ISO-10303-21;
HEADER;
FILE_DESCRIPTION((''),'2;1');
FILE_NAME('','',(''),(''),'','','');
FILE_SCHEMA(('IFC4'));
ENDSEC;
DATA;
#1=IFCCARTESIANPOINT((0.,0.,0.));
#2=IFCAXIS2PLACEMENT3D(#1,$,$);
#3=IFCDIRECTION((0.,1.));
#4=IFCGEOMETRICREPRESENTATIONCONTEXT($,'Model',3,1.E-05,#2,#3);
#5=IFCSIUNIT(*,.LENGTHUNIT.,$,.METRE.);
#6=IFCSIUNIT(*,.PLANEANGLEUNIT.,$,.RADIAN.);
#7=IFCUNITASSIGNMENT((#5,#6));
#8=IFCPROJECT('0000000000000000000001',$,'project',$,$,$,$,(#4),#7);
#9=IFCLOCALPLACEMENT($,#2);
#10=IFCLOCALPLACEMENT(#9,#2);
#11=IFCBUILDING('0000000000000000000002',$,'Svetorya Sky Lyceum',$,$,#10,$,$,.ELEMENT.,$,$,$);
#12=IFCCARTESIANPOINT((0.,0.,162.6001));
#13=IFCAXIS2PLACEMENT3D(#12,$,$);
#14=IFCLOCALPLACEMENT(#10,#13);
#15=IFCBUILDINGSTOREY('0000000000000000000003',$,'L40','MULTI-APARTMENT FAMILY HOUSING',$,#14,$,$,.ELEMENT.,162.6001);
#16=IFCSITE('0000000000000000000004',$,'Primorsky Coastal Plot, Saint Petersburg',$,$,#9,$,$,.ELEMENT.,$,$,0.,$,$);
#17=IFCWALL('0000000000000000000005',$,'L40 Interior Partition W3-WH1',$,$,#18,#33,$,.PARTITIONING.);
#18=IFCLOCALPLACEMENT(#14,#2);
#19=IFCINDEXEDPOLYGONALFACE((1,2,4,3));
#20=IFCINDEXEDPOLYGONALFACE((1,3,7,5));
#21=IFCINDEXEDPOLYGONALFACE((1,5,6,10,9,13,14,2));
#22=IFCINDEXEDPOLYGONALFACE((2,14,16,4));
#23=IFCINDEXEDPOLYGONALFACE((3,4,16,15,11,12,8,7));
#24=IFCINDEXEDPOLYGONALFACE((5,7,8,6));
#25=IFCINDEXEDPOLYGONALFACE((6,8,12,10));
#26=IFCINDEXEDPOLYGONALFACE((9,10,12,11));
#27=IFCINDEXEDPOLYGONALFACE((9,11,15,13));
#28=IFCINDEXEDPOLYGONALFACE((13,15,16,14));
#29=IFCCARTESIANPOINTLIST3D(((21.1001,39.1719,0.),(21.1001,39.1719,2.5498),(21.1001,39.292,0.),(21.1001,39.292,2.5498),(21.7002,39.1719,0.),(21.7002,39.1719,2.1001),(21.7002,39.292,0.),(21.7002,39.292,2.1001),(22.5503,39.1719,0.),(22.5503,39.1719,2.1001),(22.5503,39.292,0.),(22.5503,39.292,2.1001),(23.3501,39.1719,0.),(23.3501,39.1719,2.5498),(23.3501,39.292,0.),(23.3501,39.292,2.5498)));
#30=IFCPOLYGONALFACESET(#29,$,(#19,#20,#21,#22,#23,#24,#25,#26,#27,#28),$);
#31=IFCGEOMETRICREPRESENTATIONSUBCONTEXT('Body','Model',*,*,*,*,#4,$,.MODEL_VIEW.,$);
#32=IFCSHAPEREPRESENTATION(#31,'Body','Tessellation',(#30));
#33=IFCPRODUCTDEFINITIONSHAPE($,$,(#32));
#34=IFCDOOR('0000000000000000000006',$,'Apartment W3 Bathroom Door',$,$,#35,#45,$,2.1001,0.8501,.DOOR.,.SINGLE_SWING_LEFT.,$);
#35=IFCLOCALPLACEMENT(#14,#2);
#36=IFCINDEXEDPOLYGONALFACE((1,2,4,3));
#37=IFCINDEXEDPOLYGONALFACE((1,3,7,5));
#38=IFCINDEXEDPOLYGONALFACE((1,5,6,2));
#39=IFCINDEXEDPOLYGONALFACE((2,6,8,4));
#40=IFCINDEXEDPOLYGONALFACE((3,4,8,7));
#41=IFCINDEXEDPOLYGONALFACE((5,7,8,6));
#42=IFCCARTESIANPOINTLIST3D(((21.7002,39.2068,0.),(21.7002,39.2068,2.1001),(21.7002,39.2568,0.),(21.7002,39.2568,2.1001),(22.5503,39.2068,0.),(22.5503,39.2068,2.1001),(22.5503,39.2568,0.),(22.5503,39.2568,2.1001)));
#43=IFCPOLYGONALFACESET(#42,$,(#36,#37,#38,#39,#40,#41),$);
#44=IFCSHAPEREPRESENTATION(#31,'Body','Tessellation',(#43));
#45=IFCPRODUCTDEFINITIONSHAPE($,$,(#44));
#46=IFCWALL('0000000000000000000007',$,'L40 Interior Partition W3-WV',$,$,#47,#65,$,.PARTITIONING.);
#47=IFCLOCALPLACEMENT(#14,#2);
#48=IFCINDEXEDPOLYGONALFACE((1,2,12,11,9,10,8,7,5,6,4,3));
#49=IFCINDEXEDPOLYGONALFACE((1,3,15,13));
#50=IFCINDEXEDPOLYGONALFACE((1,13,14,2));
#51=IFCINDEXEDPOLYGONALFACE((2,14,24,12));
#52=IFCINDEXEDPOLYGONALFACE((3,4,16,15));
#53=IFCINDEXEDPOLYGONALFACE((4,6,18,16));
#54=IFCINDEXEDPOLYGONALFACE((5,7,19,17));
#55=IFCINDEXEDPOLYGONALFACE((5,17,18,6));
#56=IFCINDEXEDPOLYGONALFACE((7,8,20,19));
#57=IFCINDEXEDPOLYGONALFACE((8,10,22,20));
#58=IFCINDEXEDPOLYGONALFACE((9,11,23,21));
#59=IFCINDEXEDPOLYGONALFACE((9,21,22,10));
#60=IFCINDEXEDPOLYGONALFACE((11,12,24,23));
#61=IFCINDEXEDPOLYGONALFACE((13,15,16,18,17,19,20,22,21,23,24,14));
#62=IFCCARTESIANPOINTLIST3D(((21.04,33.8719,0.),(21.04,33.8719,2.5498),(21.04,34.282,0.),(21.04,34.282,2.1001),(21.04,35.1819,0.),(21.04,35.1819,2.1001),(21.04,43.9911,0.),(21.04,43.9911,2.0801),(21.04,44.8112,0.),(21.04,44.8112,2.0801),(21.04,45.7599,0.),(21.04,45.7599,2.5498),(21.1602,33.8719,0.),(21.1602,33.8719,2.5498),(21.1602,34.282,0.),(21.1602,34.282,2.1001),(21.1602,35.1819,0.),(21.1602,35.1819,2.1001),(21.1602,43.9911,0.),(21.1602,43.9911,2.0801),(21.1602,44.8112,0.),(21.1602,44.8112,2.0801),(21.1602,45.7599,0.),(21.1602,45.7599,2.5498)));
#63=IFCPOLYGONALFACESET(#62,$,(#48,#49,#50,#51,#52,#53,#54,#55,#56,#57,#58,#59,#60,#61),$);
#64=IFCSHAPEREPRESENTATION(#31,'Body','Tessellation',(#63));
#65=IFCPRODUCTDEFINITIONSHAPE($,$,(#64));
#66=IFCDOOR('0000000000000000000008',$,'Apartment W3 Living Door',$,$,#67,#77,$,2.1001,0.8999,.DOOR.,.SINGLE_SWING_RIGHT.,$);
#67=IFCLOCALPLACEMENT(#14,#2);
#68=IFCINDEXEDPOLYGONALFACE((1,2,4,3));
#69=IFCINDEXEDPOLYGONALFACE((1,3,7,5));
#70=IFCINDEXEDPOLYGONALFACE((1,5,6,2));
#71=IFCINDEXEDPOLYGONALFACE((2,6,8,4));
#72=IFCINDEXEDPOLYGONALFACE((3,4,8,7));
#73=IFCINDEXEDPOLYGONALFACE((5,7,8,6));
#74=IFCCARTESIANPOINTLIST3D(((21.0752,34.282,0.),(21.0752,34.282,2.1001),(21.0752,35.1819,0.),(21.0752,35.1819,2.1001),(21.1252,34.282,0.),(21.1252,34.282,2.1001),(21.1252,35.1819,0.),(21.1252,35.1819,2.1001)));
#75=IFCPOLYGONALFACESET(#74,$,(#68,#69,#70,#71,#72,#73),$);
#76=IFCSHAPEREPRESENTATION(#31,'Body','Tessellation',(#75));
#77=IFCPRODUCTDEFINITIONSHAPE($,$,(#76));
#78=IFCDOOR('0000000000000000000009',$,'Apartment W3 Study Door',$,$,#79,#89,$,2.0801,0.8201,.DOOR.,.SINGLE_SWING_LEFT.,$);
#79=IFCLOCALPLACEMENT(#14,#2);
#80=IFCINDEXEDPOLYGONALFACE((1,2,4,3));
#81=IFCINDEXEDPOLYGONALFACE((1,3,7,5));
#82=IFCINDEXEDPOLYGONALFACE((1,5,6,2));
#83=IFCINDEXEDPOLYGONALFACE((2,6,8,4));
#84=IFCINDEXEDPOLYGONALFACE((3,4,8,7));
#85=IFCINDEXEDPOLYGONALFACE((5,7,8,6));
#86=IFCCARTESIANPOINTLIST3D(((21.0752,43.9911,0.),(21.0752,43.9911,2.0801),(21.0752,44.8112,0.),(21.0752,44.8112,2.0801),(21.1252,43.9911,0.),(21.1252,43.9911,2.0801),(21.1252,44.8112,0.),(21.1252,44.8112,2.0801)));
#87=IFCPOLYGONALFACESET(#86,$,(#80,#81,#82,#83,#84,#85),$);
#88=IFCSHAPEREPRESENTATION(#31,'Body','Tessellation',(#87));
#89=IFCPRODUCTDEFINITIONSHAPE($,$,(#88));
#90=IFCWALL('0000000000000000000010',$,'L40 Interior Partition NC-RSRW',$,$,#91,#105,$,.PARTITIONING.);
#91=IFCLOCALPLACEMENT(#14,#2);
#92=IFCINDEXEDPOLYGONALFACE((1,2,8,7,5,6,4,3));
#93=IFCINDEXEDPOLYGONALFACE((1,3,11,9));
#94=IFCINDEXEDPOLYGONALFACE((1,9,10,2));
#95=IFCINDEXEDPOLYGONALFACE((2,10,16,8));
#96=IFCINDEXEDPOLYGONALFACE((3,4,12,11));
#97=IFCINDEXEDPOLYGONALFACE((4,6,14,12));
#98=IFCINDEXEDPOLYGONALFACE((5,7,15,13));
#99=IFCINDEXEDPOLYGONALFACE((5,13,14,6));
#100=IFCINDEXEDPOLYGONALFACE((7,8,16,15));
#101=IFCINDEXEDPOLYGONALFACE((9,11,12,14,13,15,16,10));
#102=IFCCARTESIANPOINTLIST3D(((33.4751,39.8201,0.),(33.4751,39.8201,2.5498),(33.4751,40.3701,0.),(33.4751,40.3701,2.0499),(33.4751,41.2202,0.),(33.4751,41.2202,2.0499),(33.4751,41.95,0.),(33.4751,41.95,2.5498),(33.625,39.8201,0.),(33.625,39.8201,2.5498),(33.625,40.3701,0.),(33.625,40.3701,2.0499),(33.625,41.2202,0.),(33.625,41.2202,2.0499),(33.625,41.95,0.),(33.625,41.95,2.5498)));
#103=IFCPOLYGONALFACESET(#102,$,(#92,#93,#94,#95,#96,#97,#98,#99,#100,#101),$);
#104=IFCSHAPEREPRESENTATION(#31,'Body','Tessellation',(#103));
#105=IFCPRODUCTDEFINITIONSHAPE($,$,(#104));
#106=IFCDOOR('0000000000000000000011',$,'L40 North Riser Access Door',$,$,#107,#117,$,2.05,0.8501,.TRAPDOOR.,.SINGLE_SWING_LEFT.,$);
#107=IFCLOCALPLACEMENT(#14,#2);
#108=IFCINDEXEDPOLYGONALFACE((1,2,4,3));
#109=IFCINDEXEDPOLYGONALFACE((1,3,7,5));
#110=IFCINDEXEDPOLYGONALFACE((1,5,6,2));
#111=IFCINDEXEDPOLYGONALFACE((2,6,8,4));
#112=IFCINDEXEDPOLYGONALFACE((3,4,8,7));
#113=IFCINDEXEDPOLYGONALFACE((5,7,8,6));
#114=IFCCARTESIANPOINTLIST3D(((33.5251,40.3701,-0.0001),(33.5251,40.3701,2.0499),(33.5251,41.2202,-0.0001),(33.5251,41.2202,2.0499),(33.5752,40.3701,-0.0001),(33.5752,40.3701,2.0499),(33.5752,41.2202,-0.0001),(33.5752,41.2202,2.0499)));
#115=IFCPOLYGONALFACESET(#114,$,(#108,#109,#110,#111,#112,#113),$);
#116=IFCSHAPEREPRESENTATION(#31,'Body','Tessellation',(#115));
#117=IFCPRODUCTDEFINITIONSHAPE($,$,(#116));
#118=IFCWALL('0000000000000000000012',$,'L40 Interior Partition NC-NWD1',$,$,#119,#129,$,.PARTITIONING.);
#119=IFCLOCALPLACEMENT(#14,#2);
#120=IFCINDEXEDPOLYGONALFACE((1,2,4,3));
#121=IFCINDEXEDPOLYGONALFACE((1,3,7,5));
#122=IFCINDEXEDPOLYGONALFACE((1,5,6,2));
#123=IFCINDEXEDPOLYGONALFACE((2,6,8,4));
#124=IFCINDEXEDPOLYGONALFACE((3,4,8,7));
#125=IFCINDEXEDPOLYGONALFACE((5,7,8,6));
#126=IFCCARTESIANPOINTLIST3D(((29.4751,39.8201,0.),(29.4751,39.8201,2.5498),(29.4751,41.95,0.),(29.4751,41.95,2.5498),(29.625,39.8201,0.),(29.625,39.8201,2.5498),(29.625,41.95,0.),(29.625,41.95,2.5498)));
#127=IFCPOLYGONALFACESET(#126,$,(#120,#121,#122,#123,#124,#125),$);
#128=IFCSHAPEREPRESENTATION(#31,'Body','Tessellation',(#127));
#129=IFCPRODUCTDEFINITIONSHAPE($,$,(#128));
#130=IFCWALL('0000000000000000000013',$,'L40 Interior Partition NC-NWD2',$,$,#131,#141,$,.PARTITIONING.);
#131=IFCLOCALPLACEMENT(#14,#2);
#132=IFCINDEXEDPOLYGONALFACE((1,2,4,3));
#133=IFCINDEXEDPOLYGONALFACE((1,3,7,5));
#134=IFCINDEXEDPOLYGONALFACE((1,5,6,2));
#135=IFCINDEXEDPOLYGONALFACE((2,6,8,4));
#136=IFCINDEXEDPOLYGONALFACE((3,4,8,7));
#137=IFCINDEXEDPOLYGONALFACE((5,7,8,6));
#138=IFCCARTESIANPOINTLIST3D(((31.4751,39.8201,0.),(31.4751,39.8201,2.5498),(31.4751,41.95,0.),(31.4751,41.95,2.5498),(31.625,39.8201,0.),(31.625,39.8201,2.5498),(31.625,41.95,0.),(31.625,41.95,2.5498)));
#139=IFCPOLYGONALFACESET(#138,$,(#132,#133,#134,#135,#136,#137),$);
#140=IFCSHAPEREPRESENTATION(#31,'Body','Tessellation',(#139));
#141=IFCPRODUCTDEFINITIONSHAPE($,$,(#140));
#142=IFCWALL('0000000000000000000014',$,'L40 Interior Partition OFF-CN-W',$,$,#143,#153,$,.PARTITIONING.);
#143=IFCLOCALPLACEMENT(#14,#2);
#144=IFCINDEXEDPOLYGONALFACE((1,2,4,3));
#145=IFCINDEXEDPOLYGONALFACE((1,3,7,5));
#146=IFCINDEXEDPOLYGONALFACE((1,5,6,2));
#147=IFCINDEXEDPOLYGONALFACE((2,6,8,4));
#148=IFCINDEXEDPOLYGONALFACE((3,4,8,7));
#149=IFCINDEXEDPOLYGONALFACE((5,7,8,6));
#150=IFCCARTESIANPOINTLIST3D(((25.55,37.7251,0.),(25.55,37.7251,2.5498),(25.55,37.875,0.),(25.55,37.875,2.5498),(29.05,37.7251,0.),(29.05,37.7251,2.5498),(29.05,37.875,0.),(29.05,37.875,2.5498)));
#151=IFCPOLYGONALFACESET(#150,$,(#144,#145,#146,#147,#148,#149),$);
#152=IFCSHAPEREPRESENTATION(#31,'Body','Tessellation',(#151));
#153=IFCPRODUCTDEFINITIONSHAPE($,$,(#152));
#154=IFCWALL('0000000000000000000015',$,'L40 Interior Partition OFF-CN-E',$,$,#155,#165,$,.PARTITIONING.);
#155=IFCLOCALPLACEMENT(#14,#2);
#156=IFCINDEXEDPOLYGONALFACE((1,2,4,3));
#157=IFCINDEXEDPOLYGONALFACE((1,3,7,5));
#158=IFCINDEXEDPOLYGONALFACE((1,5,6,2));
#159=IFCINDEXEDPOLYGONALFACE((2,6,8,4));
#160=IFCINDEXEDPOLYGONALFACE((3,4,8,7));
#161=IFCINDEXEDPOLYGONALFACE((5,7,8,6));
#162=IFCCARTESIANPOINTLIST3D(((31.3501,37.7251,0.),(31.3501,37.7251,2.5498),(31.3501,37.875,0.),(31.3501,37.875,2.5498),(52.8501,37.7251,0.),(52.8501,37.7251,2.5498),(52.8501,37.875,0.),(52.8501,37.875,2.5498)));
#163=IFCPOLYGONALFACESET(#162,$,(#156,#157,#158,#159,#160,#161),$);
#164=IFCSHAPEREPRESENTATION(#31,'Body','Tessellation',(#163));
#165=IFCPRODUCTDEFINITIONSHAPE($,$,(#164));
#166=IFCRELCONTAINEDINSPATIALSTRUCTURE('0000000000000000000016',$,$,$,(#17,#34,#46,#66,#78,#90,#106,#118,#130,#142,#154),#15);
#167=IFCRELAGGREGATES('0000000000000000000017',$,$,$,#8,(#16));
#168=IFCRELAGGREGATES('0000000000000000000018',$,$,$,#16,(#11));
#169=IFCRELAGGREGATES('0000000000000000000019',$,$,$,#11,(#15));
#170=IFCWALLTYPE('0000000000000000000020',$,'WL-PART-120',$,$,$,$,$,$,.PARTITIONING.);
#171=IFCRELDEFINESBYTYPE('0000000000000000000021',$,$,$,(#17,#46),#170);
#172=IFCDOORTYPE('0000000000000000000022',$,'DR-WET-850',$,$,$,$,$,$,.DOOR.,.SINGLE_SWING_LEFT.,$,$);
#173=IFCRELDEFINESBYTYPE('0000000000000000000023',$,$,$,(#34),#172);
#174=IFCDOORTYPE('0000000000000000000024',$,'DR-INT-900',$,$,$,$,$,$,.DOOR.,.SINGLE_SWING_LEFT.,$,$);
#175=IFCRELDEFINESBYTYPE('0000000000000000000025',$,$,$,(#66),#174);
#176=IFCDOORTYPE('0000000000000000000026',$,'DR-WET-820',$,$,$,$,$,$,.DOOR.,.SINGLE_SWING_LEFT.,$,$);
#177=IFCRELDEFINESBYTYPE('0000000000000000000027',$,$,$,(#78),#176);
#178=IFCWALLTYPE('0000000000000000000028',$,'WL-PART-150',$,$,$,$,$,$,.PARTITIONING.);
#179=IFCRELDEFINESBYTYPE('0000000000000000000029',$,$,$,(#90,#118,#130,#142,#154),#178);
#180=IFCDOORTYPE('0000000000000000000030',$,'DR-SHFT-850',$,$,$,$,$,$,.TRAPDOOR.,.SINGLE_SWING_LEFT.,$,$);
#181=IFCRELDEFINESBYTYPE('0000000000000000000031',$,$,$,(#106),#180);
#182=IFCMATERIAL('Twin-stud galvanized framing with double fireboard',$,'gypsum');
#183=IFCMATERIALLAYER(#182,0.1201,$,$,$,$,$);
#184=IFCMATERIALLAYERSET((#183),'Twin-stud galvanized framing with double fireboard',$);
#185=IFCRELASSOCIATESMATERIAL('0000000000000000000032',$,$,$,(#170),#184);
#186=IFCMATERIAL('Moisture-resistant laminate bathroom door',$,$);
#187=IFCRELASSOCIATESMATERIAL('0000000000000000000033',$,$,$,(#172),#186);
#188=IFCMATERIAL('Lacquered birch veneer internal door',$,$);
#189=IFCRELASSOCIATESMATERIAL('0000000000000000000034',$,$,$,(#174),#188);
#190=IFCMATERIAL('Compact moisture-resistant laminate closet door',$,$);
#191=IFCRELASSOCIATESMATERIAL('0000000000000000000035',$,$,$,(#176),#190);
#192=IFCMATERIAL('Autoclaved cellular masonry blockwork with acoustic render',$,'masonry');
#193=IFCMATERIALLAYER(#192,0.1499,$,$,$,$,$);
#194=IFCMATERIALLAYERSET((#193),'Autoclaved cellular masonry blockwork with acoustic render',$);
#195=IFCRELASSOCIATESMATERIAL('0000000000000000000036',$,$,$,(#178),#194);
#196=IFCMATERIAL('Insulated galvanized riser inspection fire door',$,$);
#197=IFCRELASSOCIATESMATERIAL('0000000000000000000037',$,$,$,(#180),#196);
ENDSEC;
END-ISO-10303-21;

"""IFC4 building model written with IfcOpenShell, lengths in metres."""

from ifc_helpers import new_model, si_unit, direction, frame, frame_2d, origin, place, context, subcontext, project, spatial, rectangle, extrude, material, layer, layer_set, type_object, element, fill, save


model = new_model("IFC4")

# Units and contexts
model_context = context("Model", 3, precision=1e-05, world=origin(), true_north=direction((0.0, 1.0)))
body_context = subcontext(model_context, "Body", "Model", "MODEL_VIEW")
ifc_project = project(units=[si_unit("LENGTHUNIT", "METRE"), si_unit("PLANEANGLEUNIT", "RADIAN")], contexts=[model_context])

# Site, building, storey
site_placement = place(None, origin())
site = spatial("IfcSite", under=ifc_project, at=site_placement, Name="Primorsky Coastal Plot, Saint Petersburg", CompositionType="ELEMENT", RefElevation=0.0)
building_placement = place(site_placement, origin())
building = spatial("IfcBuilding", under=site, at=building_placement, Name="Svetorya Sky Lyceum", CompositionType="ELEMENT")
storey_placement = place(building_placement, frame((0.0, 0.0, 162.6001)))
storey = spatial("IfcBuildingStorey", under=building, at=storey_placement, Name="L40", Description="MULTI-APARTMENT FAMILY HOUSING", CompositionType="ELEMENT", Elevation=162.6001)

# Wall, opening, door
ifc_material_1 = material(Name="Twin-stud galvanized framing with double fireboard", Category="gypsum")
ifc_layer_1 = layer(ifc_material_1, 0.1201)
ifc_layer_set_1 = layer_set([ifc_layer_1], Name="Twin-stud galvanized framing with double fireboard")
wall_type_1 = type_object("IfcWallType", Name="WL-PART-120", PredefinedType="PARTITIONING", material=ifc_layer_set_1)
ifc_material_2 = material(Name="Moisture-resistant laminate bathroom door")
door_type_1 = type_object("IfcDoorType", Name="DR-WET-850", OperationType="SINGLE_SWING_LEFT", PredefinedType="DOOR", material=ifc_material_2)
wall_1_placement = place(storey_placement, frame((21.1001, 39.2319, 0.0), z_axis=(0.0, 0.0, 1.0), x_axis=(1.0, 0.0, 0.0)))
wall_1 = element("IfcWall", 1, at=wall_1_placement, inside=storey, type_object=wall_type_1, Name="L40 Interior Partition W3-WH1", PredefinedType="PARTITIONING", context=body_context, shape_type="SweptSolid", body=[
    extrude(rectangle(XDim=2.25, YDim=0.1201, at=frame_2d((1.125, 0.0))), origin(), (0.0, 0.0, 1.0), 2.5498),
])
opening_1_placement = place(wall_1_placement, frame((0.6001, 0.0, 0.0)))
opening_1 = element("IfcOpeningElement", 2, at=opening_1_placement, cuts=wall_1, PredefinedType="OPENING", context=body_context, shape_type="SweptSolid", body=[
    extrude(rectangle(XDim=0.8501, YDim=2.1001, at=frame_2d((0.425, 1.05))), frame((0.0, 0.0701, 0.0), z_axis=(0.0, -1.0, 0.0), x_axis=(1.0, 0.0, 0.0)), (0.0, 0.0, 1.0), 0.1401),
])
door_1_placement = place(opening_1_placement, origin())
door_1 = element("IfcDoor", 3, at=door_1_placement, inside=storey, type_object=door_type_1, Name="Apartment W3 Bathroom Door", OperationType="SINGLE_SWING_LEFT", OverallHeight=2.1001, OverallWidth=0.8501, PredefinedType="DOOR", context=body_context, shape_type="SweptSolid", body=[
    extrude(rectangle(XDim=0.8501, YDim=2.1001, at=frame_2d((0.425, 1.05))), frame((0.0, 0.0249, 0.0), z_axis=(0.0, -1.0, 0.0), x_axis=(1.0, 0.0, 0.0)), (0.0, 0.0, 1.0), 0.05),
])
fill(opening_1, door_1)

# Wall, openings, doors
wall_2_placement = place(storey_placement, frame((21.1001, 33.8721, 0.0), z_axis=(0.0, 0.0, 1.0), x_axis=(0.0, 1.0, 0.0)))
wall_2 = element("IfcWall", 4, at=wall_2_placement, inside=storey, type_object=wall_type_1, Name="L40 Interior Partition W3-WV", PredefinedType="PARTITIONING", context=body_context, shape_type="SweptSolid", body=[
    extrude(rectangle(XDim=11.8879, YDim=0.1201, at=frame_2d((5.9438, 0.0))), origin(), (0.0, 0.0, 1.0), 2.5498),
])
opening_2_placement = place(wall_2_placement, frame((0.4099, 0.0, 0.0)))
opening_2 = element("IfcOpeningElement", 5, at=opening_2_placement, cuts=wall_2, PredefinedType="OPENING", context=body_context, shape_type="SweptSolid", body=[
    extrude(rectangle(XDim=0.8999, YDim=2.1001, at=frame_2d((0.45, 1.05))), frame((0.0, 0.0701, 0.0), z_axis=(0.0, -1.0, 0.0), x_axis=(1.0, 0.0, 0.0)), (0.0, 0.0, 1.0), 0.1401),
])
opening_3_placement = place(wall_2_placement, frame((10.1189, 0.0, 0.0)))
opening_3 = element("IfcOpeningElement", 6, at=opening_3_placement, cuts=wall_2, PredefinedType="OPENING", context=body_context, shape_type="SweptSolid", body=[
    extrude(rectangle(XDim=0.8201, YDim=2.0801, at=frame_2d((0.4102, 1.04))), frame((0.0, 0.0701, 0.0), z_axis=(0.0, -1.0, 0.0), x_axis=(1.0, 0.0, 0.0)), (0.0, 0.0, 1.0), 0.1401),
])
ifc_material_3 = material(Name="Lacquered birch veneer internal door")
door_type_2 = type_object("IfcDoorType", Name="DR-INT-900", OperationType="SINGLE_SWING_LEFT", PredefinedType="DOOR", material=ifc_material_3)
door_2_placement = place(opening_2_placement, origin())
door_2 = element("IfcDoor", 7, at=door_2_placement, inside=storey, type_object=door_type_2, Name="Apartment W3 Living Door", OperationType="SINGLE_SWING_RIGHT", OverallHeight=2.1001, OverallWidth=0.8999, PredefinedType="DOOR", context=body_context, shape_type="SweptSolid", body=[
    extrude(rectangle(XDim=0.8999, YDim=2.1001, at=frame_2d((0.45, 1.05))), frame((0.0, 0.0249, 0.0), z_axis=(0.0, -1.0, 0.0), x_axis=(1.0, 0.0, 0.0)), (0.0, 0.0, 1.0), 0.05),
])
fill(opening_2, door_2)
ifc_material_4 = material(Name="Compact moisture-resistant laminate closet door")
door_type_3 = type_object("IfcDoorType", Name="DR-WET-820", OperationType="SINGLE_SWING_LEFT", PredefinedType="DOOR", material=ifc_material_4)
door_3_placement = place(opening_3_placement, origin())
door_3 = element("IfcDoor", 8, at=door_3_placement, inside=storey, type_object=door_type_3, Name="Apartment W3 Study Door", OperationType="SINGLE_SWING_LEFT", OverallHeight=2.0801, OverallWidth=0.8201, PredefinedType="DOOR", context=body_context, shape_type="SweptSolid", body=[
    extrude(rectangle(XDim=0.8201, YDim=2.0801, at=frame_2d((0.4102, 1.04))), frame((0.0, 0.0249, 0.0), z_axis=(0.0, -1.0, 0.0), x_axis=(1.0, 0.0, 0.0)), (0.0, 0.0, 1.0), 0.05),
])
fill(opening_3, door_3)

# Wall, opening, door
ifc_material_5 = material(Name="Autoclaved cellular masonry blockwork with acoustic render", Category="masonry")
ifc_layer_2 = layer(ifc_material_5, 0.1499)
ifc_layer_set_2 = layer_set([ifc_layer_2], Name="Autoclaved cellular masonry blockwork with acoustic render")
wall_type_2 = type_object("IfcWallType", Name="WL-PART-150", PredefinedType="PARTITIONING", material=ifc_layer_set_2)
wall_3_placement = place(storey_placement, frame((33.55, 39.8201, 0.0), z_axis=(0.0, 0.0, 1.0), x_axis=(0.0, 1.0, 0.0)))
wall_3 = element("IfcWall", 9, at=wall_3_placement, inside=storey, type_object=wall_type_2, Name="L40 Interior Partition NC-RSRW", PredefinedType="PARTITIONING", context=body_context, shape_type="SweptSolid", body=[
    extrude(rectangle(XDim=2.1299, YDim=0.1499, at=frame_2d((1.0649, 0.0))), origin(), (0.0, 0.0, 1.0), 2.5498),
])
opening_4_placement = place(wall_3_placement, frame((0.55, 0.0, 0.0)))
opening_4 = element("IfcOpeningElement", 10, at=opening_4_placement, cuts=wall_3, PredefinedType="OPENING", context=body_context, shape_type="SweptSolid", body=[
    extrude(rectangle(XDim=0.8501, YDim=2.05, at=frame_2d((0.425, 1.0249))), frame((0.0, 0.085, 0.0), z_axis=(0.0, -1.0, 0.0), x_axis=(1.0, 0.0, 0.0)), (0.0, 0.0, 1.0), 0.1699),
])
ifc_material_6 = material(Name="Insulated galvanized riser inspection fire door")
door_type_4 = type_object("IfcDoorType", Name="DR-SHFT-850", OperationType="SINGLE_SWING_LEFT", PredefinedType="TRAPDOOR", material=ifc_material_6)
door_4_placement = place(opening_4_placement, origin())
door_4 = element("IfcDoor", 11, at=door_4_placement, inside=storey, type_object=door_type_4, Name="L40 North Riser Access Door", OperationType="SINGLE_SWING_LEFT", OverallHeight=2.05, OverallWidth=0.8501, PredefinedType="TRAPDOOR", context=body_context, shape_type="SweptSolid", body=[
    extrude(rectangle(XDim=0.8501, YDim=2.05, at=frame_2d((0.425, 1.0249))), frame((0.0, 0.0249, 0.0), z_axis=(0.0, -1.0, 0.0), x_axis=(1.0, 0.0, 0.0)), (0.0, 0.0, 1.0), 0.05),
])
fill(opening_4, door_4)

# Walls
for number, where, z_axis, x_axis, name in (
    (12, (29.55, 39.8201, 0.0), (0.0, 0.0, 1.0), (0.0, 1.0, 0.0), "L40 Interior Partition NC-NWD1"),
    (13, (31.55, 39.8201, 0.0), (0.0, 0.0, 1.0), (0.0, 1.0, 0.0), "L40 Interior Partition NC-NWD2"),
):
    element("IfcWall", number, at=place(storey_placement, frame(where, z_axis=z_axis, x_axis=x_axis)), inside=storey, type_object=wall_type_2, Name=name, PredefinedType="PARTITIONING", context=body_context, shape_type="SweptSolid", body=[
        extrude(rectangle(XDim=2.1299, YDim=0.1499, at=frame_2d((1.0649, 0.0))), origin(), (0.0, 0.0, 1.0), 2.5498),
    ])
wall_4_placement = place(storey_placement, frame((25.55, 37.8, 0.0), z_axis=(0.0, 0.0, 1.0), x_axis=(1.0, 0.0, 0.0)))
element("IfcWall", 14, at=wall_4_placement, inside=storey, type_object=wall_type_2, Name="L40 Interior Partition OFF-CN-W", PredefinedType="PARTITIONING", context=body_context, shape_type="SweptSolid", body=[
    extrude(rectangle(XDim=3.5, YDim=0.1499, at=frame_2d((1.75, 0.0))), origin(), (0.0, 0.0, 1.0), 2.5498),
])
wall_5_placement = place(storey_placement, frame((31.3501, 37.8, 0.0), z_axis=(0.0, 0.0, 1.0), x_axis=(1.0, 0.0, 0.0)))
element("IfcWall", 15, at=wall_5_placement, inside=storey, type_object=wall_type_2, Name="L40 Interior Partition OFF-CN-E", PredefinedType="PARTITIONING", context=body_context, shape_type="SweptSolid", body=[
    extrude(rectangle(XDim=21.5, YDim=0.1499, at=frame_2d((10.75, 0.0))), origin(), (0.0, 0.0, 1.0), 2.5498),
])

save(model, "model.ifc")
